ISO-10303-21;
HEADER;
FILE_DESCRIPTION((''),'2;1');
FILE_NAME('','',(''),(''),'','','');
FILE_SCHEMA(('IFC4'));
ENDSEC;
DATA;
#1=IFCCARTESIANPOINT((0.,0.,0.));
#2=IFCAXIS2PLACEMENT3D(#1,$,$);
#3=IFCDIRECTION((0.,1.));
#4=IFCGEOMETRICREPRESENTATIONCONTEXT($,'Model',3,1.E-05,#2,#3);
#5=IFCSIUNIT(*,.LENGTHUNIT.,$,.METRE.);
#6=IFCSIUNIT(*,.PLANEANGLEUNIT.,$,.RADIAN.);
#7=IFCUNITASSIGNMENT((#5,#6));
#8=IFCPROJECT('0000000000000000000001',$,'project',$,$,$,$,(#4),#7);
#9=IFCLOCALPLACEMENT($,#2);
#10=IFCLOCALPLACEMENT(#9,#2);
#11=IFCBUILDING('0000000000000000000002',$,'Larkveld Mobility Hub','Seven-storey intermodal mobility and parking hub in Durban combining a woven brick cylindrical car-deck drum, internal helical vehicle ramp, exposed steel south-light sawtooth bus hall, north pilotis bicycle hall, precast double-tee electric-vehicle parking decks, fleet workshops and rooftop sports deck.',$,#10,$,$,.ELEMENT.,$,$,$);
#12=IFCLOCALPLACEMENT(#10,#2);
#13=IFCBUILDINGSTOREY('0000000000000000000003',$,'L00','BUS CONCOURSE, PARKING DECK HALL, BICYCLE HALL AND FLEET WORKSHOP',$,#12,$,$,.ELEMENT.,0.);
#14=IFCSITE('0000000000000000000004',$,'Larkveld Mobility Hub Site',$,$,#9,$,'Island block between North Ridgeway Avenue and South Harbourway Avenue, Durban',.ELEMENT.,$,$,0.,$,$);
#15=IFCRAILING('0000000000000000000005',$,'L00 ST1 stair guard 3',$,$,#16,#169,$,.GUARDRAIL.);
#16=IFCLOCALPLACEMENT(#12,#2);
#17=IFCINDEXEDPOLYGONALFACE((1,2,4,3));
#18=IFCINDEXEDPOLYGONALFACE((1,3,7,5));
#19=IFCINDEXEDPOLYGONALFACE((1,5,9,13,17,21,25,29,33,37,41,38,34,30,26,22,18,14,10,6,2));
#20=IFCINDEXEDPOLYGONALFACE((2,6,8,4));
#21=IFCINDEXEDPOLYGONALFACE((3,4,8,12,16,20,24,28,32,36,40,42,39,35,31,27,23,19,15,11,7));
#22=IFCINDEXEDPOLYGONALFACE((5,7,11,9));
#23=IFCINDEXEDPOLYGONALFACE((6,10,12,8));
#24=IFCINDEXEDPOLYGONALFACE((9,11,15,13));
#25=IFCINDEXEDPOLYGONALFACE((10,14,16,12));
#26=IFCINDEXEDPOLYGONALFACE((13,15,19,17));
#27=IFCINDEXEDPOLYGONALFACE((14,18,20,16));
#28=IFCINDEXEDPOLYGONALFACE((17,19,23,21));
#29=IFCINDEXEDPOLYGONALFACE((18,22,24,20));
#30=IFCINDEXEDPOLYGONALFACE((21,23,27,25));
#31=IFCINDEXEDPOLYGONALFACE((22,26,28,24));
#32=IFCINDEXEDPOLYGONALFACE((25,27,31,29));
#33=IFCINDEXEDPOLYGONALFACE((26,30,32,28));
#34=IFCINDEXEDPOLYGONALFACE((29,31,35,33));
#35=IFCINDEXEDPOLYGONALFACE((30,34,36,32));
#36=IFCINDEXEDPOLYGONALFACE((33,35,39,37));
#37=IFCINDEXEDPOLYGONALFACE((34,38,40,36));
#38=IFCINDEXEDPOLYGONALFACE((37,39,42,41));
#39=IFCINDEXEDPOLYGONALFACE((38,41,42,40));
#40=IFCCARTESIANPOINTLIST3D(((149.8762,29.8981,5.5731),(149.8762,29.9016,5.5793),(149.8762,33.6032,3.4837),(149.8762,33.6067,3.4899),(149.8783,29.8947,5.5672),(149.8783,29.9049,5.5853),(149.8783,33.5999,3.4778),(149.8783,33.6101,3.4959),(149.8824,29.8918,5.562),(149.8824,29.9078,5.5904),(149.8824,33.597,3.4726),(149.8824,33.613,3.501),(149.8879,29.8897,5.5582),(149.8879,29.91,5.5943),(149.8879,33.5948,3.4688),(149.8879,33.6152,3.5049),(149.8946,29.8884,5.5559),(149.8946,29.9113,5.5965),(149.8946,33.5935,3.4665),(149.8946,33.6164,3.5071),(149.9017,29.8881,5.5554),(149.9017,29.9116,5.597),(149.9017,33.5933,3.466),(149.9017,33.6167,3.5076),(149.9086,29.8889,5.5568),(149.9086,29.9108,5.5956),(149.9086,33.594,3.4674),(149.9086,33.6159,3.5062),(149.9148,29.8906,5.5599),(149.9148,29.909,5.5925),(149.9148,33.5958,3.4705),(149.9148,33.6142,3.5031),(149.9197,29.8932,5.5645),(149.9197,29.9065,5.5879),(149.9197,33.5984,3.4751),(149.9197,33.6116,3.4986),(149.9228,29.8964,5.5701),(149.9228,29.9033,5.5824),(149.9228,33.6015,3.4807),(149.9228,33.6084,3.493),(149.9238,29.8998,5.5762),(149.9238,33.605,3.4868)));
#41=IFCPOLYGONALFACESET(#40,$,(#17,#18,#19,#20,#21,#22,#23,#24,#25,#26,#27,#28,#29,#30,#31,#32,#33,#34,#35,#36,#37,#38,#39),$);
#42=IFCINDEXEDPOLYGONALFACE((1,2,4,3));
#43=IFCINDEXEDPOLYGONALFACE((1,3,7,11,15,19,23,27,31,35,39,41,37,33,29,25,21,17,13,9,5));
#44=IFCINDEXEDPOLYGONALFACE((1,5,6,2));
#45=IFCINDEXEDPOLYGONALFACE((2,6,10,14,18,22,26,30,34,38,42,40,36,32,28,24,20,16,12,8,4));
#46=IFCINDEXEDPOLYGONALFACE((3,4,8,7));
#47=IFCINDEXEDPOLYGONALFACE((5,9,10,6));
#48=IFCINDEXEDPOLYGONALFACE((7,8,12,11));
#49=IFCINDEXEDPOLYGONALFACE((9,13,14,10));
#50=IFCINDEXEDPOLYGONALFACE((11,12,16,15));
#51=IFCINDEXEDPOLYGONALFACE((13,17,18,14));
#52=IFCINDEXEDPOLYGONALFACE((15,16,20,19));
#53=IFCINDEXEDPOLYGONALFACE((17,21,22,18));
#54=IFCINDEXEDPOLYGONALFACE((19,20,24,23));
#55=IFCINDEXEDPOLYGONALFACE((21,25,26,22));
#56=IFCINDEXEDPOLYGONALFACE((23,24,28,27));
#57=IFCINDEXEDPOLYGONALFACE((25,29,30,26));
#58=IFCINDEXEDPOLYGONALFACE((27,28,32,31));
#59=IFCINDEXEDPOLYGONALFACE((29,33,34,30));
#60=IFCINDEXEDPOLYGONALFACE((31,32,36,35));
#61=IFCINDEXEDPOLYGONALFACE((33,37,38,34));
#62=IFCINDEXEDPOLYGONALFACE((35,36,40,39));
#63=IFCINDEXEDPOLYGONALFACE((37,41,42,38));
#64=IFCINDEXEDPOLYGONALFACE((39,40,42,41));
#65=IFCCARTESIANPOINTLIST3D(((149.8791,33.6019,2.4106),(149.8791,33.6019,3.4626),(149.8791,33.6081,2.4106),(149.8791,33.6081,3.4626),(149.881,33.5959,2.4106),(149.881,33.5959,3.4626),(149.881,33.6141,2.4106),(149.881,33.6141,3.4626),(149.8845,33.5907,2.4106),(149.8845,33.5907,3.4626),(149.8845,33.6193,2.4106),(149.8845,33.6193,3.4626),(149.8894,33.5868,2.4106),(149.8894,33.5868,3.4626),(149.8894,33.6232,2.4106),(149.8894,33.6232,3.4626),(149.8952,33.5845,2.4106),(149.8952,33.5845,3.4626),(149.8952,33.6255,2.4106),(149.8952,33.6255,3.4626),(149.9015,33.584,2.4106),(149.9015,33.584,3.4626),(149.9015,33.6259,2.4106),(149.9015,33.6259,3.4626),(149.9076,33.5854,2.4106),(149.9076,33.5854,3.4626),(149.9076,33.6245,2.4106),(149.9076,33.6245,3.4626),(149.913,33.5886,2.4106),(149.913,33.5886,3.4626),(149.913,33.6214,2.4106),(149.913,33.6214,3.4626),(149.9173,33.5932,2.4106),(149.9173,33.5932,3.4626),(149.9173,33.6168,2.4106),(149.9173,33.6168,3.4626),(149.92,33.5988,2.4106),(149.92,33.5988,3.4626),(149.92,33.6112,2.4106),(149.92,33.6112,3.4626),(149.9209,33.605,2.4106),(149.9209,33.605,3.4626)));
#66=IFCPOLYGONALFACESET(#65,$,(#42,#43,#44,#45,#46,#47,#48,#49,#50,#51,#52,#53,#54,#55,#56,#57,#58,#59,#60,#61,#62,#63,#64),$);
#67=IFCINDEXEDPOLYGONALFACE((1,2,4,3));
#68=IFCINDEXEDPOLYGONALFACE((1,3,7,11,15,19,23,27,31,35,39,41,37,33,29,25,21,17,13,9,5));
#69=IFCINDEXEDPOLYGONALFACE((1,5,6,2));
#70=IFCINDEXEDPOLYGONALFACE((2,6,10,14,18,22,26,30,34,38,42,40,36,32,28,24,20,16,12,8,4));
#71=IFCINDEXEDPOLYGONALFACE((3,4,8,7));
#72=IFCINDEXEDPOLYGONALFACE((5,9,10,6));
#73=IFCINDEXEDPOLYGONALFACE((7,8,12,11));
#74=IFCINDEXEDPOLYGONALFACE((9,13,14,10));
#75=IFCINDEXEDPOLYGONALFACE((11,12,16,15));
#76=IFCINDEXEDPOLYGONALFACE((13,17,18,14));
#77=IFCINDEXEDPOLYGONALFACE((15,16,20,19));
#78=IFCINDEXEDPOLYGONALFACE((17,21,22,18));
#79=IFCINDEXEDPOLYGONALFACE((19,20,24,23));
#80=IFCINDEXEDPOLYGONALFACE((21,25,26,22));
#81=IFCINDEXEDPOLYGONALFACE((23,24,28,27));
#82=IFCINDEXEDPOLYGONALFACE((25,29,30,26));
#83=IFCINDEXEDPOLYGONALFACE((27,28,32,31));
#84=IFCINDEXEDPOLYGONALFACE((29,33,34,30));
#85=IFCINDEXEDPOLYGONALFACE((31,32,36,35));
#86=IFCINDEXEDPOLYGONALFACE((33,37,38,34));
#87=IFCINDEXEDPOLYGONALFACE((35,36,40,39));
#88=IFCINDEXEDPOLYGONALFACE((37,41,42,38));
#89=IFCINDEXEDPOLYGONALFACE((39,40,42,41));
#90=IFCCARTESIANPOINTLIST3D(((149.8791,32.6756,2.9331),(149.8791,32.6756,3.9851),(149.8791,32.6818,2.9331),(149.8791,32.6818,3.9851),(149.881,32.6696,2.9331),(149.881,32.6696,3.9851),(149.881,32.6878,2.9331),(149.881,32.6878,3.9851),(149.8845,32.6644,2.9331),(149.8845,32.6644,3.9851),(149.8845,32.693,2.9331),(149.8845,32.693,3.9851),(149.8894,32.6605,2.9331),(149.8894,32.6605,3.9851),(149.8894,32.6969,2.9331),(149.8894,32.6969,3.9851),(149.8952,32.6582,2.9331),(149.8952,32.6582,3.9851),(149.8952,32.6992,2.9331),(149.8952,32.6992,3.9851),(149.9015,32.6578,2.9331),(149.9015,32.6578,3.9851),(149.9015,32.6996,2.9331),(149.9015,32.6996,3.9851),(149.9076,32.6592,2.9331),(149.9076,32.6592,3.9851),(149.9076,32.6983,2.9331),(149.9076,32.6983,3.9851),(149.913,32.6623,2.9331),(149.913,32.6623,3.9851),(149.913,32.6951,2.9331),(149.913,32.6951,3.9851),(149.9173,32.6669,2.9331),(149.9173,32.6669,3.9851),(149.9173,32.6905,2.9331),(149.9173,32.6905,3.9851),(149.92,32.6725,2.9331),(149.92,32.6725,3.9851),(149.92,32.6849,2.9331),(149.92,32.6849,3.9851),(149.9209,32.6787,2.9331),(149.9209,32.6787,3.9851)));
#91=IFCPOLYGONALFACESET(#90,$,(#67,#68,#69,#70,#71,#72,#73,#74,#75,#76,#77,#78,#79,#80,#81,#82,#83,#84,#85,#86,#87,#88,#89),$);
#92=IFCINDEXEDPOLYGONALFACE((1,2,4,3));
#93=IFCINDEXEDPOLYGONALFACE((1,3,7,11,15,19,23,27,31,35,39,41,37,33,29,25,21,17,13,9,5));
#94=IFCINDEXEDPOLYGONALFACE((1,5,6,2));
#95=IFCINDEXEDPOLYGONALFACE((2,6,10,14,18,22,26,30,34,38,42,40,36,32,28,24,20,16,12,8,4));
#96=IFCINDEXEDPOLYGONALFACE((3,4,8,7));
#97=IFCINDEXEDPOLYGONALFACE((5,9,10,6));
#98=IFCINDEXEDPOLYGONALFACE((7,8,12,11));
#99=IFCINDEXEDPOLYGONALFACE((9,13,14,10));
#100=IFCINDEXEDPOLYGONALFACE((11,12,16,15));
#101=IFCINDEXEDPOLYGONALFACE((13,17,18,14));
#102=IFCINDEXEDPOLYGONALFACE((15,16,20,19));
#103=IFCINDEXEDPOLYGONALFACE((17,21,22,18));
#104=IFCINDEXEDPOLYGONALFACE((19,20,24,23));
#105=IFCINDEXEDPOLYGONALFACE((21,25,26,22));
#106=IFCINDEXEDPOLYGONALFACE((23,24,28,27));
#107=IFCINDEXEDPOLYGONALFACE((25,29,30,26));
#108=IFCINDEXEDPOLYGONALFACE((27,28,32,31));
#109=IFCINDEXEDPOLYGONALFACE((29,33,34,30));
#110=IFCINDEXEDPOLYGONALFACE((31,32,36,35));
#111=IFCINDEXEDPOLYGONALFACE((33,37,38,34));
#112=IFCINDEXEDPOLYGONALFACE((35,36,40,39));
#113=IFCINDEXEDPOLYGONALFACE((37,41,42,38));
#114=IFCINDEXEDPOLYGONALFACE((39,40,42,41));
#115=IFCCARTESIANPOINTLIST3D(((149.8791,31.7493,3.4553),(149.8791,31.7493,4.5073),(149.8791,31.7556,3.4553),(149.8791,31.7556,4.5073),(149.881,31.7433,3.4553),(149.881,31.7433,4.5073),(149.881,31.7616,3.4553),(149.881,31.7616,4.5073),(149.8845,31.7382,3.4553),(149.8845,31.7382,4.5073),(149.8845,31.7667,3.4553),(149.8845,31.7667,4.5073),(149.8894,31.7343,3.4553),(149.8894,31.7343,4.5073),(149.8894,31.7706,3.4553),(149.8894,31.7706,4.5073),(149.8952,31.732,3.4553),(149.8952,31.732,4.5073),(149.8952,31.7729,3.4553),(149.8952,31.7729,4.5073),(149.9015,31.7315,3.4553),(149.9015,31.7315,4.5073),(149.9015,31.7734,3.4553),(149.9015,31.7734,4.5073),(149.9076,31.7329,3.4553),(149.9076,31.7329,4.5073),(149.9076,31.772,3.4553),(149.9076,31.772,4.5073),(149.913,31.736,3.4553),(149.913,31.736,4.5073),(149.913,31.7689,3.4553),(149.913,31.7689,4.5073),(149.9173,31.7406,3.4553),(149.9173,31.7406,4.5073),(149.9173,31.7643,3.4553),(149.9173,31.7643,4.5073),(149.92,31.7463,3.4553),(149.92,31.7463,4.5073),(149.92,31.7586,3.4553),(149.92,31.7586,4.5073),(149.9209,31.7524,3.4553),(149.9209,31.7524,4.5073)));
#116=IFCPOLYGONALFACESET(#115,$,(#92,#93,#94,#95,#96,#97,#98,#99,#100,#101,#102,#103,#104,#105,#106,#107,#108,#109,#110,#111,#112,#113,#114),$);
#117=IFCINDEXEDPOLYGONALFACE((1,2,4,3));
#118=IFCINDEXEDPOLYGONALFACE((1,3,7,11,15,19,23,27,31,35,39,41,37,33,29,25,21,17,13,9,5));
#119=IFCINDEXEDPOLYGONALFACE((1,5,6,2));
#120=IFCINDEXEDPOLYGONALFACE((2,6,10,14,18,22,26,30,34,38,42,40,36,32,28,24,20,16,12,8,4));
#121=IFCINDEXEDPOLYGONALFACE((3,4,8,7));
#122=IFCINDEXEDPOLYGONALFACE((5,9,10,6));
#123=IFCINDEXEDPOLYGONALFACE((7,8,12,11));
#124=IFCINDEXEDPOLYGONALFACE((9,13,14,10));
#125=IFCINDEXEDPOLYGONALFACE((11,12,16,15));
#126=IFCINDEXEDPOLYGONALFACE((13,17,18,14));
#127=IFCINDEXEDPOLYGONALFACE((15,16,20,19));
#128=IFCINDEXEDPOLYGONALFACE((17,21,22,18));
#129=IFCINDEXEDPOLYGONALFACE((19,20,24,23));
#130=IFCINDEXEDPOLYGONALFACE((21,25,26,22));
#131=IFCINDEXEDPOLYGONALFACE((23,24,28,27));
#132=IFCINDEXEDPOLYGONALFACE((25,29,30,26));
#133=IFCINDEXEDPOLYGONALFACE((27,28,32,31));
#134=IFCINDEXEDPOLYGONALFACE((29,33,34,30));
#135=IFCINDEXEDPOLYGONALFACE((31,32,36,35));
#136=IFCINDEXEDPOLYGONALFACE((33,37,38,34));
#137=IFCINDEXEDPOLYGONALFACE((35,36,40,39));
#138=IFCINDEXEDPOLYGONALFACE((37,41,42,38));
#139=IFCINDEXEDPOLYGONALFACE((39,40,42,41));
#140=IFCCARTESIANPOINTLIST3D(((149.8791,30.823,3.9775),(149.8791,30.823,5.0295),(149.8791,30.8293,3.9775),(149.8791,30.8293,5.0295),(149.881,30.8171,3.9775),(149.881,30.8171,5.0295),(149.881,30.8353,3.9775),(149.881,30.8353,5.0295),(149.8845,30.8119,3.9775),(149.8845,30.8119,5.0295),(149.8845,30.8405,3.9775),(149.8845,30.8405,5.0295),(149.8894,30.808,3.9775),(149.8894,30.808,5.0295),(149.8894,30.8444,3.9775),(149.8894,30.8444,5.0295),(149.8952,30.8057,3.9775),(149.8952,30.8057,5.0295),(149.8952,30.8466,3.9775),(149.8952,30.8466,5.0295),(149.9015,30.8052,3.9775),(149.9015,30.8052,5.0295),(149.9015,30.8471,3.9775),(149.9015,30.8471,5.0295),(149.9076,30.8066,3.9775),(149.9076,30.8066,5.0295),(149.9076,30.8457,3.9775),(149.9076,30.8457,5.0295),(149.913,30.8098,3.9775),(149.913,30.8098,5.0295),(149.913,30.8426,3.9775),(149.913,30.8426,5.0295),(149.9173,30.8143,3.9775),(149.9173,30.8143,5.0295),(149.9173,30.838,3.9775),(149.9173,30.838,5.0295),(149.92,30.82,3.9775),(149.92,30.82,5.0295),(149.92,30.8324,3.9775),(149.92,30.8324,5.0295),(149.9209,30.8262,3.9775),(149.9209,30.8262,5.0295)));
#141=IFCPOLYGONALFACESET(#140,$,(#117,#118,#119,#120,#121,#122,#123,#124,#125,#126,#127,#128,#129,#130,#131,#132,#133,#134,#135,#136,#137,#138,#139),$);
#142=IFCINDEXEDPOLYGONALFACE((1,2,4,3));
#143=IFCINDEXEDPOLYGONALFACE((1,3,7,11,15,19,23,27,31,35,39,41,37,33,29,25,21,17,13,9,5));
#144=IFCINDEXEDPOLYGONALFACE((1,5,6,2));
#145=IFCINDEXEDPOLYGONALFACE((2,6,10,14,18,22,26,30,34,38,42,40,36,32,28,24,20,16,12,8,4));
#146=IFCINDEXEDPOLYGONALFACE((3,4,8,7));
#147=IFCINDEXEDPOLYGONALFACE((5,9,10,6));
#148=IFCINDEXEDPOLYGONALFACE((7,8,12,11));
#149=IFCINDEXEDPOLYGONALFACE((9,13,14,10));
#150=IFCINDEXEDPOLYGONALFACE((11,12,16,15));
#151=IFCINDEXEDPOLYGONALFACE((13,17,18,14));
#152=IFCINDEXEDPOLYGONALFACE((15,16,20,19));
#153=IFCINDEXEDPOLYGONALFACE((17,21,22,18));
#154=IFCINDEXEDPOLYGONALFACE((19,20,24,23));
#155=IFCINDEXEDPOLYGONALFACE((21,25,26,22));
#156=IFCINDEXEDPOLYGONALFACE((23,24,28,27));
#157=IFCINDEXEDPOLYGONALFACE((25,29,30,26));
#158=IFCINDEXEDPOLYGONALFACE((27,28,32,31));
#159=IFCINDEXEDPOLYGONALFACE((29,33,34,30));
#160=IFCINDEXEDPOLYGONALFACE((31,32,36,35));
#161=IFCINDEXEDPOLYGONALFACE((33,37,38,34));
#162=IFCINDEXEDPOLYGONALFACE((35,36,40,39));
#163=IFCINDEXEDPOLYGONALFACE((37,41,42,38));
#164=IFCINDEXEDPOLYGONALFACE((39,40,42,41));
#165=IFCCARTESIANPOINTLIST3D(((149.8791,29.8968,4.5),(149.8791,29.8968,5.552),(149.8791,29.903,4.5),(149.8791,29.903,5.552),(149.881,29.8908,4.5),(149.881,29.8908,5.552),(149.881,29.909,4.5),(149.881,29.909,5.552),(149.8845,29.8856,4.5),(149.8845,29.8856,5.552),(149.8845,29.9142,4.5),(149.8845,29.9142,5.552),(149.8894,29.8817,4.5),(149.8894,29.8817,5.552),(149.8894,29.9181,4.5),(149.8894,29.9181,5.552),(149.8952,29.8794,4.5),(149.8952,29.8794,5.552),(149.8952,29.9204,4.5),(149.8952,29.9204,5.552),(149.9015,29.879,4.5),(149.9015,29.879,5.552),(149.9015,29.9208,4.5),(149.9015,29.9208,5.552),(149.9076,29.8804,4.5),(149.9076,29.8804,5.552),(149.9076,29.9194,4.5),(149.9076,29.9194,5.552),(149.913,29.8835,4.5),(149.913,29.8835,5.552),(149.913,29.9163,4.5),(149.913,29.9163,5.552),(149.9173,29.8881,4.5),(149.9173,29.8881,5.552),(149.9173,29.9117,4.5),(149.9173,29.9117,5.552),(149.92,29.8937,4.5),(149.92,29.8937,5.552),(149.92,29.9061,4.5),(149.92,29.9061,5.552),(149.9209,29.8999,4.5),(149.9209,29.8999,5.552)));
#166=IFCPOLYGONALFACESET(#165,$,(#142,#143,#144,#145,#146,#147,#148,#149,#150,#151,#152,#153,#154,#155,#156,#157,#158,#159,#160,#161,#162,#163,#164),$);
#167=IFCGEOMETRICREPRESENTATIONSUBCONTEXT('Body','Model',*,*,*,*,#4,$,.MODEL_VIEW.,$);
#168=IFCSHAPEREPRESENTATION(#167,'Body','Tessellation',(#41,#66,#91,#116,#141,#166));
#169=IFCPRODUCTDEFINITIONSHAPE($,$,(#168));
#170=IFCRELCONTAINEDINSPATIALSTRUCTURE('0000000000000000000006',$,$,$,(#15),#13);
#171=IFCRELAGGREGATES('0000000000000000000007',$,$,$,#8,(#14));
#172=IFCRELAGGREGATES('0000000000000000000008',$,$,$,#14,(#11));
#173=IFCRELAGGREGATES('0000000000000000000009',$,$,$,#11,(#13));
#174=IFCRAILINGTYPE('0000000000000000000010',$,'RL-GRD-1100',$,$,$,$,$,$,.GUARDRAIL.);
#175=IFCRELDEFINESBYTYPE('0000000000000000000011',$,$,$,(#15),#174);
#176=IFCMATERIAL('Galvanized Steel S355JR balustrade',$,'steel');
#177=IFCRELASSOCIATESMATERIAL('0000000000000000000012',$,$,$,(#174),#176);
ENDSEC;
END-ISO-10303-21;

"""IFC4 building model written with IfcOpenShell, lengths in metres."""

from ifc_helpers import new_model, si_unit, direction, frame, origin, origin_2d, place, context, subcontext, project, spatial, circle, extrude, material, type_object, element, save


model = new_model("IFC4")

# Units and contexts
model_context = context("Model", 3, precision=1e-05, world=origin(), true_north=direction((0.0, 1.0)))
body_context = subcontext(model_context, "Body", "Model", "MODEL_VIEW")
ifc_project = project(units=[si_unit("LENGTHUNIT", "METRE"), si_unit("PLANEANGLEUNIT", "RADIAN")], contexts=[model_context])

# Site, building, storey
site_placement = place(None, origin())
site = spatial("IfcSite", under=ifc_project, at=site_placement, Name="Larkveld Mobility Hub Site", LongName="Island block between North Ridgeway Avenue and South Harbourway Avenue, Durban", CompositionType="ELEMENT", RefElevation=0.0)
building_placement = place(site_placement, origin())
building = spatial("IfcBuilding", under=site, at=building_placement, Name="Larkveld Mobility Hub", Description="Seven-storey intermodal mobility and parking hub in Durban combining a woven brick cylindrical car-deck drum, internal helical vehicle ramp, exposed steel south-light sawtooth bus hall, north pilotis bicycle hall, precast double-tee electric-vehicle parking decks, fleet workshops and rooftop sports deck.", CompositionType="ELEMENT")
storey_placement = place(building_placement, origin())
storey = spatial("IfcBuildingStorey", under=building, at=storey_placement, Name="L00", Description="BUS CONCOURSE, PARKING DECK HALL, BICYCLE HALL AND FLEET WORKSHOP", CompositionType="ELEMENT", Elevation=0.0)

# Railing
ifc_material_1 = material(Name="Galvanized Steel S355JR balustrade", Category="steel")
railing_type_1 = type_object("IfcRailingType", Name="RL-GRD-1100", PredefinedType="GUARDRAIL", material=ifc_material_1)
railing_1_placement = place(storey_placement, frame((149.8999, 33.605, 2.4106)))
element("IfcRailing", 1, at=railing_1_placement, inside=storey, type_object=railing_type_1, Name="L00 ST1 stair guard 3", PredefinedType="GUARDRAIL", context=body_context, shape_type="SweptSolid", body=[
    extrude(circle(Radius=0.0239, at=origin_2d()), frame((0.0, 0.0, 1.0762), z_axis=(0.0, -0.871048, 0.491198), x_axis=(1.0, 0.0, 0.0)), (0.0, 0.0, 1.0), 4.2537),
    extrude(circle(Radius=0.021, at=origin_2d()), origin(), (0.0, 0.0, 1.0), 1.052),
    extrude(circle(Radius=0.021, at=origin_2d()), frame((0.0, -0.9263, 0.5225)), (0.0, 0.0, 1.0), 1.052),
    extrude(circle(Radius=0.021, at=origin_2d()), frame((0.0, -1.8525, 1.0447)), (0.0, 0.0, 1.0), 1.052),
    extrude(circle(Radius=0.021, at=origin_2d()), frame((0.0, -2.7788, 1.5669)), (0.0, 0.0, 1.0), 1.052),
    extrude(circle(Radius=0.021, at=origin_2d()), frame((0.0, -3.7051, 2.0894)), (0.0, 0.0, 1.0), 1.052),
])

save(model, "model.ifc")
